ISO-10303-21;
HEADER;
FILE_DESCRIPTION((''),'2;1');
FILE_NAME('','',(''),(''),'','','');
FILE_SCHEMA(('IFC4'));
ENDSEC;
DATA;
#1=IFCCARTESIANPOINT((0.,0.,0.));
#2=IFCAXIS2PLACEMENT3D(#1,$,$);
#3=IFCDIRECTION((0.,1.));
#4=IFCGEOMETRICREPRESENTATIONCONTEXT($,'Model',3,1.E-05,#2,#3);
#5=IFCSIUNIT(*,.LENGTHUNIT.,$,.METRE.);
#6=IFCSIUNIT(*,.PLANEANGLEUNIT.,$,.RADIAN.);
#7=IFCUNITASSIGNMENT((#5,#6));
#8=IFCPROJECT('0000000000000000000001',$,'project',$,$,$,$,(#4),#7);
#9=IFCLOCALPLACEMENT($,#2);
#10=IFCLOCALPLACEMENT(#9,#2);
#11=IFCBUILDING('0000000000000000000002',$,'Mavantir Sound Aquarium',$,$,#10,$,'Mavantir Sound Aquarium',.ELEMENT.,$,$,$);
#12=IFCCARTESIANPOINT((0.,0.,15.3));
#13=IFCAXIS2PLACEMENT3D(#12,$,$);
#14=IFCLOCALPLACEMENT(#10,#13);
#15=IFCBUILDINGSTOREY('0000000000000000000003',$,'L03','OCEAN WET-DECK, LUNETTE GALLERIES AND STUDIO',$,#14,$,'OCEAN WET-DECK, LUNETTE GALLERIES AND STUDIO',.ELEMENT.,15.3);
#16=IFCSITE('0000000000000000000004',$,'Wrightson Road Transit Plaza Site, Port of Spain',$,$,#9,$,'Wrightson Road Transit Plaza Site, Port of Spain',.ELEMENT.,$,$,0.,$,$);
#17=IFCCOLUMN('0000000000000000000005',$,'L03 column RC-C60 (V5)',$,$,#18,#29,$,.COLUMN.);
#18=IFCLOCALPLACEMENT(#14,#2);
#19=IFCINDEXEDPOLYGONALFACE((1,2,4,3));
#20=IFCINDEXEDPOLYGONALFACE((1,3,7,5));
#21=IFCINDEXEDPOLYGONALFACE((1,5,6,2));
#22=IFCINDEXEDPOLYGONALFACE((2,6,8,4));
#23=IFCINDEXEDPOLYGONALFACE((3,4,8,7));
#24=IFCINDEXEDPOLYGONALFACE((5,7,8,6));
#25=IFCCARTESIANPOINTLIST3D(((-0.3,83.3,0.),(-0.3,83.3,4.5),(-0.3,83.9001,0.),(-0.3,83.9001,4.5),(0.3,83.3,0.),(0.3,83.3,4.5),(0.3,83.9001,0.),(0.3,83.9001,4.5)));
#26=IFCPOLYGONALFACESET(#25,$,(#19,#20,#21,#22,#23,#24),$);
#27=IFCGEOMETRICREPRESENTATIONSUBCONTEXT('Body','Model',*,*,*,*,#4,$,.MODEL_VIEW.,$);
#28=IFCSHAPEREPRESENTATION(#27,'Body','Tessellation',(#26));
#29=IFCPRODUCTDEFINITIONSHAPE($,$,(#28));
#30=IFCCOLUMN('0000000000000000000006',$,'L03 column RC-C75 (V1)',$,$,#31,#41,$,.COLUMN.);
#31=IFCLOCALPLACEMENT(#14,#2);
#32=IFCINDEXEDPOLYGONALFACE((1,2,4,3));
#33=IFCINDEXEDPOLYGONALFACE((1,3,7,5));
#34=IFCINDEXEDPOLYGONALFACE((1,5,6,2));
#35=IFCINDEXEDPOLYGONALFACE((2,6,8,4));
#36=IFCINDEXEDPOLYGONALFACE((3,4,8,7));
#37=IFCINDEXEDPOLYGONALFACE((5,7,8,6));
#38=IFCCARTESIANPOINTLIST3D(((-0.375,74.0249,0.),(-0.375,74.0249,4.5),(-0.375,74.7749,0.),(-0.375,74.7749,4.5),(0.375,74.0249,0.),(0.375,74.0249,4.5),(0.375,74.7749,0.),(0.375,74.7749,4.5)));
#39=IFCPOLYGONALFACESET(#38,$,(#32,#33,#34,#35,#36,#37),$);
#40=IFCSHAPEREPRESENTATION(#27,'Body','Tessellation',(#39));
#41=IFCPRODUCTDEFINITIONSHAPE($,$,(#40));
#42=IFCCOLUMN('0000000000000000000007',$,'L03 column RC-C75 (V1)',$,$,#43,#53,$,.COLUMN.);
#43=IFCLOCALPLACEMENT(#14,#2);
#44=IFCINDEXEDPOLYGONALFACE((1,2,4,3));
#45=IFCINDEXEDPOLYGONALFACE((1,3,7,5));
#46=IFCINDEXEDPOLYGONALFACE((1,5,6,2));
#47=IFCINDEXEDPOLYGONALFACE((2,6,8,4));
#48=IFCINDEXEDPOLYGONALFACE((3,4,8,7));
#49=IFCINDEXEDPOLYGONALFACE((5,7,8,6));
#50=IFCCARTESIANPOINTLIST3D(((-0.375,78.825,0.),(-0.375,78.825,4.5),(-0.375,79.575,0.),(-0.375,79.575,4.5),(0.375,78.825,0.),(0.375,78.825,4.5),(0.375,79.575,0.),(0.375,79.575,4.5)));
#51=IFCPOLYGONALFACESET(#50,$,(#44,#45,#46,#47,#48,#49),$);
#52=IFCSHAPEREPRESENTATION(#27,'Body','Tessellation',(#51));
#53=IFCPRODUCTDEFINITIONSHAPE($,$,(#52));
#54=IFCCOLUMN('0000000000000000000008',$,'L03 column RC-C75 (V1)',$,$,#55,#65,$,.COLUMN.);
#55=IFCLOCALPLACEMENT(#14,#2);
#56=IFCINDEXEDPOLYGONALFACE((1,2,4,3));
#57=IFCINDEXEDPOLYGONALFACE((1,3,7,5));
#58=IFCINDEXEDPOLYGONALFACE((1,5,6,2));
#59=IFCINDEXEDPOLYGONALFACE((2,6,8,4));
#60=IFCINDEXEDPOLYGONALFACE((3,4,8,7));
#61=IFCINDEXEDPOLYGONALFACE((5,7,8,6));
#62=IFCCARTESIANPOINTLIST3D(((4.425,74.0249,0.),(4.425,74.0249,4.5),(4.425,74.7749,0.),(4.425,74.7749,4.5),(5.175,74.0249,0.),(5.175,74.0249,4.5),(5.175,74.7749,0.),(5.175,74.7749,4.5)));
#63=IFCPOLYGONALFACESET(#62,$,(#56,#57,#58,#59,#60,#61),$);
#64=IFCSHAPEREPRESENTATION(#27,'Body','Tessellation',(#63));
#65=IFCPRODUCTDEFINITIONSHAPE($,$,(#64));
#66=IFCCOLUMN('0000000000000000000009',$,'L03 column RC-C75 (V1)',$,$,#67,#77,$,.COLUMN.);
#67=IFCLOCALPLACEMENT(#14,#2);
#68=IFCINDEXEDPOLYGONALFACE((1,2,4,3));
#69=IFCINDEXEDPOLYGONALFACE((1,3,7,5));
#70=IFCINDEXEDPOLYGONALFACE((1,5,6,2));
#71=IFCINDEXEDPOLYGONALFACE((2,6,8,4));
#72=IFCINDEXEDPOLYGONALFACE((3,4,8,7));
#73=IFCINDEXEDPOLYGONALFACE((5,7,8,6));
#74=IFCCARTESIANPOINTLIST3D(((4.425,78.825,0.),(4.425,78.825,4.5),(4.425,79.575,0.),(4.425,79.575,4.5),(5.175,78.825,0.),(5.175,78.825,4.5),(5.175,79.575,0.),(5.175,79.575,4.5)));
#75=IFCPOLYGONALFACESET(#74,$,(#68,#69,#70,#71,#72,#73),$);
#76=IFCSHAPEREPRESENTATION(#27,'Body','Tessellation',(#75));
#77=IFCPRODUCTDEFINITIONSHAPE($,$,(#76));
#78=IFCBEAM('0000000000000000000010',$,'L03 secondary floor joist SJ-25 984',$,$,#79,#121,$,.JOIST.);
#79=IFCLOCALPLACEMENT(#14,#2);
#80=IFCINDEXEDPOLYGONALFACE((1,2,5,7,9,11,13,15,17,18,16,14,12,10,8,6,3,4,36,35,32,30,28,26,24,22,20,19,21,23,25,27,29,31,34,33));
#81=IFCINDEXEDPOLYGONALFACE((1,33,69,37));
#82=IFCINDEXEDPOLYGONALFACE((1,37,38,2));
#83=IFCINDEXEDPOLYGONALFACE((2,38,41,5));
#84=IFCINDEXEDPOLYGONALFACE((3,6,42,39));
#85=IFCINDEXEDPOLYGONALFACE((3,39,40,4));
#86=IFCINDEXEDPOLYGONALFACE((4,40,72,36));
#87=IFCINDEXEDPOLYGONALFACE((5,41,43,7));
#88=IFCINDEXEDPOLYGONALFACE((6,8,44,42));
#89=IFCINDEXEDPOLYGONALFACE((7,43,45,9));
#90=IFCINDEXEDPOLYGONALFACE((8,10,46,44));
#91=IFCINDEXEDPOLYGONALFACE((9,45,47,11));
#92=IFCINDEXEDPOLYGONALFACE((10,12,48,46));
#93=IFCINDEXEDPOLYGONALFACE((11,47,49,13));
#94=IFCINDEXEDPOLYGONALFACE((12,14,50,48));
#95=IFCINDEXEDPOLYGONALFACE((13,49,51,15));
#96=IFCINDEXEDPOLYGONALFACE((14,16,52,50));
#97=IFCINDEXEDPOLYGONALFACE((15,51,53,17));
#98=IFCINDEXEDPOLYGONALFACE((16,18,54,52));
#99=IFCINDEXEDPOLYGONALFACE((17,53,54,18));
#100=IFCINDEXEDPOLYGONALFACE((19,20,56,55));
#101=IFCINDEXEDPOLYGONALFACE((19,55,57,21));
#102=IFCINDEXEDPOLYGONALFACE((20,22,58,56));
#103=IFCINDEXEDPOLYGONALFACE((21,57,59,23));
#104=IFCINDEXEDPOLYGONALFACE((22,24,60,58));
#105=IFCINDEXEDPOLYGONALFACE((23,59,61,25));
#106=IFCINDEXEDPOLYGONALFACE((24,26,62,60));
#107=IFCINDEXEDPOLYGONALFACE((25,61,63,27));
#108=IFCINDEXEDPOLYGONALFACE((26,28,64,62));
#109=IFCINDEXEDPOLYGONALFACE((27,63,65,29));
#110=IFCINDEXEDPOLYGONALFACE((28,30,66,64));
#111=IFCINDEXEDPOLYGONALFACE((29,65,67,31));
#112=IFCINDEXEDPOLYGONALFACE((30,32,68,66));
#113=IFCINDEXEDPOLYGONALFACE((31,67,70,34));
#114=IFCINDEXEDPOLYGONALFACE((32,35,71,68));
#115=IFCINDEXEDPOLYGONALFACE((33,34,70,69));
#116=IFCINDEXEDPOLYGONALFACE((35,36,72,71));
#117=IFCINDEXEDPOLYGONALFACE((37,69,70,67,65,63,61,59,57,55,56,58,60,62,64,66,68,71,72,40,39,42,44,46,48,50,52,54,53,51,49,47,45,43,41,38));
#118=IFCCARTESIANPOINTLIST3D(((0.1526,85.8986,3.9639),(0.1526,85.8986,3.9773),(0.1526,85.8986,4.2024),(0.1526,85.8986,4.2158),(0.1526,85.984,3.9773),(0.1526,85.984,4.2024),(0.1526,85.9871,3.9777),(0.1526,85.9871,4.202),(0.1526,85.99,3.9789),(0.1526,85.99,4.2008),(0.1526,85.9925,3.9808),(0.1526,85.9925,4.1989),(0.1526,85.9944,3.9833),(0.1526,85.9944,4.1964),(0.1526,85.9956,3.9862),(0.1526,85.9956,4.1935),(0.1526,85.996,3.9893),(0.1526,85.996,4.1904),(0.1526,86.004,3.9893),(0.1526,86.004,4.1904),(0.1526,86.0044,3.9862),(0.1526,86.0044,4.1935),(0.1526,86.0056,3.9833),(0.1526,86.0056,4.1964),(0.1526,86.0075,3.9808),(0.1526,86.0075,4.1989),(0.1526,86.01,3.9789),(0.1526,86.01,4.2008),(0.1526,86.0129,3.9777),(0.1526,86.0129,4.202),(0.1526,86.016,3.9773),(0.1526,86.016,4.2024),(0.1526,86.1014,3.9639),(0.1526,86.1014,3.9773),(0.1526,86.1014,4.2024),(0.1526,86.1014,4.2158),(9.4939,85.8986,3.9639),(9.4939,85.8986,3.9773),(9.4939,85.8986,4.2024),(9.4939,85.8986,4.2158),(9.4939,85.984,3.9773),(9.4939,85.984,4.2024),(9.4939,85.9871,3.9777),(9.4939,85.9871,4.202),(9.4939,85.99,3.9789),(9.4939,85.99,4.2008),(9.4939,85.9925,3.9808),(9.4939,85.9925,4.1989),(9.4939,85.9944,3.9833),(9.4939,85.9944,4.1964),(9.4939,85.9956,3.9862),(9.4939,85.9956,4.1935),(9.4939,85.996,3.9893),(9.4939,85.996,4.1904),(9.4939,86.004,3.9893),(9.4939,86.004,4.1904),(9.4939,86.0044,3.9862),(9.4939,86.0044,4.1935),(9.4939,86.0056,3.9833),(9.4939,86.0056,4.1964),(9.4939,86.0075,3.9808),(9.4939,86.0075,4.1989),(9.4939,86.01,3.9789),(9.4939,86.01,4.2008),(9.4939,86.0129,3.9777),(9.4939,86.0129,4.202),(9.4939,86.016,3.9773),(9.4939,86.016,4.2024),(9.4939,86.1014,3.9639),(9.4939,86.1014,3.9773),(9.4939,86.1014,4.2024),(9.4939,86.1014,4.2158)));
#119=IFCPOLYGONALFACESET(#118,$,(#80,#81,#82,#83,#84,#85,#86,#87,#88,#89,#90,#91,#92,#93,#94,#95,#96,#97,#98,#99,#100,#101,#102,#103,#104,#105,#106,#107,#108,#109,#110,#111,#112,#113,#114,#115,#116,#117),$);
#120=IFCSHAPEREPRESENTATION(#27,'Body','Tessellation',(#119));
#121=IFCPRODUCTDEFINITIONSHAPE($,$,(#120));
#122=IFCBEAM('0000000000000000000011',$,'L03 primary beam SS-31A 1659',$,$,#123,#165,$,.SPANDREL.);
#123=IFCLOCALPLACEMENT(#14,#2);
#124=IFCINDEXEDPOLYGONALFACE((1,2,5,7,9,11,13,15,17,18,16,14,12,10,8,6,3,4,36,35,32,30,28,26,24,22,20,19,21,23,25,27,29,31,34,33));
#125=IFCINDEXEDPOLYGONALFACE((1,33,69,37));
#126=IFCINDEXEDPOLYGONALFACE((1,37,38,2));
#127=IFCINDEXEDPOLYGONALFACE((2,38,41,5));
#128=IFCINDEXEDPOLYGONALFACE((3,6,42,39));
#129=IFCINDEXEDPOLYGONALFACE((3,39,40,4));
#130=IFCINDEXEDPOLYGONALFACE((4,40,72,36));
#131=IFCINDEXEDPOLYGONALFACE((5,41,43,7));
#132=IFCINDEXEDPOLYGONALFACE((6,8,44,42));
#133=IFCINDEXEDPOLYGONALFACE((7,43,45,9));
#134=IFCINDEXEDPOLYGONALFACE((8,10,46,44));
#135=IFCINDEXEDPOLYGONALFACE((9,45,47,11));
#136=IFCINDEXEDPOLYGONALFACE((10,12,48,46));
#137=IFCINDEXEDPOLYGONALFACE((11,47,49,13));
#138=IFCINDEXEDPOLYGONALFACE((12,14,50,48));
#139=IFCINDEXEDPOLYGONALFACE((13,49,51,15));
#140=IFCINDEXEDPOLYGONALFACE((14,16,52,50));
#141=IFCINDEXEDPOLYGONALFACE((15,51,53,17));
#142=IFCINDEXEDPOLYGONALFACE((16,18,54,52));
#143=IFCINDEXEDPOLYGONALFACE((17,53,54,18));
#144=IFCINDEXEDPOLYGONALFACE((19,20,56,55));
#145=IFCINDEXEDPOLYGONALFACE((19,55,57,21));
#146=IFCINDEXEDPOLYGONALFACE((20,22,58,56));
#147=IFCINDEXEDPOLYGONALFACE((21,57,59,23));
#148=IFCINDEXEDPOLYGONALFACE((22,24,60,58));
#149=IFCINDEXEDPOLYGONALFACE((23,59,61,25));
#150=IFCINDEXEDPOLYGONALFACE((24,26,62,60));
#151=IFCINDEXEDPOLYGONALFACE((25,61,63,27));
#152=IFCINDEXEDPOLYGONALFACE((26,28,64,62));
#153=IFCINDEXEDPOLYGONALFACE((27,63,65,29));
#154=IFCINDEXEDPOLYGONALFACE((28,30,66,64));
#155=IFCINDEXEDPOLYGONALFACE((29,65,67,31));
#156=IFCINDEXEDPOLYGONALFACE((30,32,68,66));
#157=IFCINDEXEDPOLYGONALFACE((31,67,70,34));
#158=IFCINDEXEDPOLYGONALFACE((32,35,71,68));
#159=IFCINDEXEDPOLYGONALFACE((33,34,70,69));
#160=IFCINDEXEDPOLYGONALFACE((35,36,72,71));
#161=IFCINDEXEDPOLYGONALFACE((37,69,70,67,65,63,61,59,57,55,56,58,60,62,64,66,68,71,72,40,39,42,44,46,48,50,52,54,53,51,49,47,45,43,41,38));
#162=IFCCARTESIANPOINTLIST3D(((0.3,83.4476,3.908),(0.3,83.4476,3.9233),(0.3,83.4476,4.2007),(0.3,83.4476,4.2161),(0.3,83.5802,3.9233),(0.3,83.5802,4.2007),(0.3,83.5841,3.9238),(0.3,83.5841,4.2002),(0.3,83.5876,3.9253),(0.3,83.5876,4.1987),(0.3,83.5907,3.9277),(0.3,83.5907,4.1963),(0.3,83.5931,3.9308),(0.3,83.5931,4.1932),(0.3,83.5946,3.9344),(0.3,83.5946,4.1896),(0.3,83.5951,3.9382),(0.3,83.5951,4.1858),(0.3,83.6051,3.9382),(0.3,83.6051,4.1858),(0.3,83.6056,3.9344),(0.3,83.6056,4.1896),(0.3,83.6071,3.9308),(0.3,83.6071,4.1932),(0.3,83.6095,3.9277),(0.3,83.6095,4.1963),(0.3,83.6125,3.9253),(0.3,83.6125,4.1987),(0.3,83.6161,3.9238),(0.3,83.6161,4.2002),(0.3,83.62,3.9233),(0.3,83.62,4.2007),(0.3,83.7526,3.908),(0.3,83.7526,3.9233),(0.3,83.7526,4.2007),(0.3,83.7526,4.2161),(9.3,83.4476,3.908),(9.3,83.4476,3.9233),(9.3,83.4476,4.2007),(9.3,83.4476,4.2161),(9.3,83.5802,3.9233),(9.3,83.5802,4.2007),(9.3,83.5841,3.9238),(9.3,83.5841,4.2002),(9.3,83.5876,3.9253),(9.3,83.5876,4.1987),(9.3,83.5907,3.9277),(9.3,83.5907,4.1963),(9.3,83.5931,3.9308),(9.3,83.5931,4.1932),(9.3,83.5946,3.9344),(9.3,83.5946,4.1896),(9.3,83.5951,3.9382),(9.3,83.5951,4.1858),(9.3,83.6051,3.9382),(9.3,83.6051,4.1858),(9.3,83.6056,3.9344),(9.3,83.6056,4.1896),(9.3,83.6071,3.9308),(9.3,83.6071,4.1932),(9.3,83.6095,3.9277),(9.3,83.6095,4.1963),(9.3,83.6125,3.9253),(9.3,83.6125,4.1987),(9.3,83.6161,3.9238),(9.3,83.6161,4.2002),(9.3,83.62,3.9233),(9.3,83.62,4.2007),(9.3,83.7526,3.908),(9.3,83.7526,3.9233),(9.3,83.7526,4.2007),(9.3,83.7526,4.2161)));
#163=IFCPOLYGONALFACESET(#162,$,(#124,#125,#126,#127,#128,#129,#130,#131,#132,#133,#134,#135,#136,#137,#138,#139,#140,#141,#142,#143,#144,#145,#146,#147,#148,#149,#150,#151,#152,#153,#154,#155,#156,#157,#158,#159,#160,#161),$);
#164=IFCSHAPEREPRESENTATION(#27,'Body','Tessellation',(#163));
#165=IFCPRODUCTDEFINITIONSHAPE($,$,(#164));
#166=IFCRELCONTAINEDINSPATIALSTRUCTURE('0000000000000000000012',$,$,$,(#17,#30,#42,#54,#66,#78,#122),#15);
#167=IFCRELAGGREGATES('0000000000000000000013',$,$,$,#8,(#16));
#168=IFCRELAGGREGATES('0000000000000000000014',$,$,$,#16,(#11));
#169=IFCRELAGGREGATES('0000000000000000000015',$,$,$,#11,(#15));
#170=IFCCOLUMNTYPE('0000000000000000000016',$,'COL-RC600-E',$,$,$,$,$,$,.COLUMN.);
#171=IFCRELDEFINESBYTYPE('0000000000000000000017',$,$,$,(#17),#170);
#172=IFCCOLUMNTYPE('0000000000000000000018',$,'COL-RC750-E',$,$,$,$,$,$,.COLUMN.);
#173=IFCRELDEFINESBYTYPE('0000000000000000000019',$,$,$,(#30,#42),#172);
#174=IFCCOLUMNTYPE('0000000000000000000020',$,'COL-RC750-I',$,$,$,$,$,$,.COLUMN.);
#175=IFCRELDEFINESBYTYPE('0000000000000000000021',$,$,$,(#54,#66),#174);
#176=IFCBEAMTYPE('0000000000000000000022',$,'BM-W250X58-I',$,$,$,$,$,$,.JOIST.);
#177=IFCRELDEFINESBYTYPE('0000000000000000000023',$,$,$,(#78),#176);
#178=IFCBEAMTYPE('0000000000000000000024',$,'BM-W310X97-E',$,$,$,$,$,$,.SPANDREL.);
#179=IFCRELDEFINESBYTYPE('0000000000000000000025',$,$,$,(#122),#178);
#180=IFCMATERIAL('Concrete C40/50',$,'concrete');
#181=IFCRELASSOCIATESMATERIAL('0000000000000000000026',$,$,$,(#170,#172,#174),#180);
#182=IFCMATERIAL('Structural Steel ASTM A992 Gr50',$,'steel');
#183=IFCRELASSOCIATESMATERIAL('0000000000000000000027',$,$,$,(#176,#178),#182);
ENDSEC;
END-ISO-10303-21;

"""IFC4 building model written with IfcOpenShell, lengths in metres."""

from ifc_helpers import new_model, si_unit, direction, frame, origin, origin_2d, place, context, subcontext, project, spatial, rectangle, i_section, extrude, material, material_profile, profile_set, type_object, element, save


model = new_model("IFC4")

# Units and contexts
model_context = context("Model", 3, precision=1e-05, world=origin(), true_north=direction((0.0, 1.0)))
body_context = subcontext(model_context, "Body", "Model", "MODEL_VIEW")
ifc_project = project(units=[si_unit("LENGTHUNIT", "METRE"), si_unit("PLANEANGLEUNIT", "RADIAN")], contexts=[model_context])

# Site, building, storey
site_placement = place(None, origin())
site = spatial("IfcSite", under=ifc_project, at=site_placement, Name="Wrightson Road Transit Plaza Site, Port of Spain", LongName="Wrightson Road Transit Plaza Site, Port of Spain", CompositionType="ELEMENT", RefElevation=0.0)
building_placement = place(site_placement, origin())
building = spatial("IfcBuilding", under=site, at=building_placement, Name="Mavantir Sound Aquarium", LongName="Mavantir Sound Aquarium", CompositionType="ELEMENT")
storey_placement = place(building_placement, frame((0.0, 0.0, 15.3)))
storey = spatial("IfcBuildingStorey", under=building, at=storey_placement, Name="L03", Description="OCEAN WET-DECK, LUNETTE GALLERIES AND STUDIO", LongName="OCEAN WET-DECK, LUNETTE GALLERIES AND STUDIO", CompositionType="ELEMENT", Elevation=15.3)

# Columns
ifc_material_1 = material(Name="Concrete C40/50", Category="concrete")
ifc_material_profile_1 = material_profile(ifc_material_1, rectangle(XDim=0.6001, YDim=0.6001, at=origin_2d()), Name="RC 600X600")
ifc_profile_set_1 = profile_set([ifc_material_profile_1], Name="Concrete C40/50")
column_type_1 = type_object("IfcColumnType", Name="COL-RC600-E", PredefinedType="COLUMN", material=ifc_profile_set_1)
column_placement = place(storey_placement, frame((0.0, 83.6001, 0.0), z_axis=(0.0, 0.0, 1.0), x_axis=(1.0, 0.0, 0.0)))
element("IfcColumn", 1, at=column_placement, inside=storey, type_object=column_type_1, Name="L03 column RC-C60 (V5)", PredefinedType="COLUMN", context=body_context, shape_type="SweptSolid", body=[
    extrude(rectangle(XDim=0.6001, YDim=0.6001, at=origin_2d()), origin(), (0.0, 0.0, 1.0), 4.5),
])
ifc_material_profile_2 = material_profile(ifc_material_1, rectangle(XDim=0.75, YDim=0.75, at=origin_2d()), Name="RC 750X750")
ifc_profile_set_2 = profile_set([ifc_material_profile_2], Name="Concrete C40/50")
column_type_2 = type_object("IfcColumnType", Name="COL-RC750-E", PredefinedType="COLUMN", material=ifc_profile_set_2)
for number, where, z_axis, x_axis, name in (
    (2, (0.0, 74.3999, 0.0), (0.0, 0.0, 1.0), (1.0, 0.0, 0.0), "L03 column RC-C75 (V1)"),
    (3, (0.0, 79.2, 0.0), (0.0, 0.0, 1.0), (1.0, 0.0, 0.0), "L03 column RC-C75 (V1)"),
):
    element("IfcColumn", number, at=place(storey_placement, frame(where, z_axis=z_axis, x_axis=x_axis)), inside=storey, type_object=column_type_2, Name=name, PredefinedType="COLUMN", context=body_context, shape_type="SweptSolid", body=[
        extrude(rectangle(XDim=0.75, YDim=0.75, at=origin_2d()), origin(), (0.0, 0.0, 1.0), 4.5),
    ])
ifc_material_profile_3 = material_profile(ifc_material_1, rectangle(XDim=0.75, YDim=0.75, at=origin_2d()), Name="RC 750X750")
ifc_profile_set_3 = profile_set([ifc_material_profile_3], Name="Concrete C40/50")
column_type_3 = type_object("IfcColumnType", Name="COL-RC750-I", PredefinedType="COLUMN", material=ifc_profile_set_3)
for number, where, z_axis, x_axis, name in (
    (4, (4.8, 74.3999, 0.0), (0.0, 0.0, 1.0), (1.0, 0.0, 0.0), "L03 column RC-C75 (V1)"),
    (5, (4.8, 79.2, 0.0), (0.0, 0.0, 1.0), (1.0, 0.0, 0.0), "L03 column RC-C75 (V1)"),
):
    element("IfcColumn", number, at=place(storey_placement, frame(where, z_axis=z_axis, x_axis=x_axis)), inside=storey, type_object=column_type_3, Name=name, PredefinedType="COLUMN", context=body_context, shape_type="SweptSolid", body=[
        extrude(rectangle(XDim=0.75, YDim=0.75, at=origin_2d()), origin(), (0.0, 0.0, 1.0), 4.5),
    ])

# Beams
ifc_material_2 = material(Name="Structural Steel ASTM A992 Gr50", Category="steel")
ifc_material_profile_4 = material_profile(ifc_material_2, i_section(OverallWidth=0.2029, OverallDepth=0.252, WebThickness=0.0081, FlangeThickness=0.0134, FilletRadius=0.012, at=origin_2d()), Name="W250X58")
ifc_profile_set_4 = profile_set([ifc_material_profile_4], Name="Structural Steel ASTM A992 Gr50")
beam_type_1 = type_object("IfcBeamType", Name="BM-W250X58-I", PredefinedType="JOIST", material=ifc_profile_set_4)
beam_1_placement = place(storey_placement, frame((0.1526, 86.0, 4.0898), z_axis=(1.0, 0.0, 0.0), x_axis=(0.0, 1.0, 0.0)))
element("IfcBeam", 6, at=beam_1_placement, inside=storey, type_object=beam_type_1, Name="L03 secondary floor joist SJ-25 984", PredefinedType="JOIST", context=body_context, shape_type="SweptSolid", body=[
    extrude(i_section(OverallWidth=0.2029, OverallDepth=0.252, WebThickness=0.0081, FlangeThickness=0.0134, FilletRadius=0.012, at=origin_2d()), origin(), (0.0, 0.0, 1.0), 9.3413),
])
ifc_material_profile_5 = material_profile(ifc_material_2, i_section(OverallWidth=0.3049, OverallDepth=0.3081, WebThickness=0.01, FlangeThickness=0.0154, FilletRadius=0.0149, at=origin_2d()), Name="W310X97")
ifc_profile_set_5 = profile_set([ifc_material_profile_5], Name="Structural Steel ASTM A992 Gr50")
beam_type_2 = type_object("IfcBeamType", Name="BM-W310X97-E", PredefinedType="SPANDREL", material=ifc_profile_set_5)
for number, where, z_axis, x_axis, name in (
    (7, (0.3, 83.6001, 4.062), (1.0, 0.0, 0.0), (0.0, 1.0, 0.0), "L03 primary beam SS-31A 1659"),
):
    element("IfcBeam", number, at=place(storey_placement, frame(where, z_axis=z_axis, x_axis=x_axis)), inside=storey, type_object=beam_type_2, Name=name, PredefinedType="SPANDREL", context=body_context, shape_type="SweptSolid", body=[
        extrude(i_section(OverallWidth=0.3049, OverallDepth=0.3081, WebThickness=0.01, FlangeThickness=0.0154, FilletRadius=0.0149, at=origin_2d()), origin(), (0.0, 0.0, 1.0), 9.0),
    ])

save(model, "model.ifc")
